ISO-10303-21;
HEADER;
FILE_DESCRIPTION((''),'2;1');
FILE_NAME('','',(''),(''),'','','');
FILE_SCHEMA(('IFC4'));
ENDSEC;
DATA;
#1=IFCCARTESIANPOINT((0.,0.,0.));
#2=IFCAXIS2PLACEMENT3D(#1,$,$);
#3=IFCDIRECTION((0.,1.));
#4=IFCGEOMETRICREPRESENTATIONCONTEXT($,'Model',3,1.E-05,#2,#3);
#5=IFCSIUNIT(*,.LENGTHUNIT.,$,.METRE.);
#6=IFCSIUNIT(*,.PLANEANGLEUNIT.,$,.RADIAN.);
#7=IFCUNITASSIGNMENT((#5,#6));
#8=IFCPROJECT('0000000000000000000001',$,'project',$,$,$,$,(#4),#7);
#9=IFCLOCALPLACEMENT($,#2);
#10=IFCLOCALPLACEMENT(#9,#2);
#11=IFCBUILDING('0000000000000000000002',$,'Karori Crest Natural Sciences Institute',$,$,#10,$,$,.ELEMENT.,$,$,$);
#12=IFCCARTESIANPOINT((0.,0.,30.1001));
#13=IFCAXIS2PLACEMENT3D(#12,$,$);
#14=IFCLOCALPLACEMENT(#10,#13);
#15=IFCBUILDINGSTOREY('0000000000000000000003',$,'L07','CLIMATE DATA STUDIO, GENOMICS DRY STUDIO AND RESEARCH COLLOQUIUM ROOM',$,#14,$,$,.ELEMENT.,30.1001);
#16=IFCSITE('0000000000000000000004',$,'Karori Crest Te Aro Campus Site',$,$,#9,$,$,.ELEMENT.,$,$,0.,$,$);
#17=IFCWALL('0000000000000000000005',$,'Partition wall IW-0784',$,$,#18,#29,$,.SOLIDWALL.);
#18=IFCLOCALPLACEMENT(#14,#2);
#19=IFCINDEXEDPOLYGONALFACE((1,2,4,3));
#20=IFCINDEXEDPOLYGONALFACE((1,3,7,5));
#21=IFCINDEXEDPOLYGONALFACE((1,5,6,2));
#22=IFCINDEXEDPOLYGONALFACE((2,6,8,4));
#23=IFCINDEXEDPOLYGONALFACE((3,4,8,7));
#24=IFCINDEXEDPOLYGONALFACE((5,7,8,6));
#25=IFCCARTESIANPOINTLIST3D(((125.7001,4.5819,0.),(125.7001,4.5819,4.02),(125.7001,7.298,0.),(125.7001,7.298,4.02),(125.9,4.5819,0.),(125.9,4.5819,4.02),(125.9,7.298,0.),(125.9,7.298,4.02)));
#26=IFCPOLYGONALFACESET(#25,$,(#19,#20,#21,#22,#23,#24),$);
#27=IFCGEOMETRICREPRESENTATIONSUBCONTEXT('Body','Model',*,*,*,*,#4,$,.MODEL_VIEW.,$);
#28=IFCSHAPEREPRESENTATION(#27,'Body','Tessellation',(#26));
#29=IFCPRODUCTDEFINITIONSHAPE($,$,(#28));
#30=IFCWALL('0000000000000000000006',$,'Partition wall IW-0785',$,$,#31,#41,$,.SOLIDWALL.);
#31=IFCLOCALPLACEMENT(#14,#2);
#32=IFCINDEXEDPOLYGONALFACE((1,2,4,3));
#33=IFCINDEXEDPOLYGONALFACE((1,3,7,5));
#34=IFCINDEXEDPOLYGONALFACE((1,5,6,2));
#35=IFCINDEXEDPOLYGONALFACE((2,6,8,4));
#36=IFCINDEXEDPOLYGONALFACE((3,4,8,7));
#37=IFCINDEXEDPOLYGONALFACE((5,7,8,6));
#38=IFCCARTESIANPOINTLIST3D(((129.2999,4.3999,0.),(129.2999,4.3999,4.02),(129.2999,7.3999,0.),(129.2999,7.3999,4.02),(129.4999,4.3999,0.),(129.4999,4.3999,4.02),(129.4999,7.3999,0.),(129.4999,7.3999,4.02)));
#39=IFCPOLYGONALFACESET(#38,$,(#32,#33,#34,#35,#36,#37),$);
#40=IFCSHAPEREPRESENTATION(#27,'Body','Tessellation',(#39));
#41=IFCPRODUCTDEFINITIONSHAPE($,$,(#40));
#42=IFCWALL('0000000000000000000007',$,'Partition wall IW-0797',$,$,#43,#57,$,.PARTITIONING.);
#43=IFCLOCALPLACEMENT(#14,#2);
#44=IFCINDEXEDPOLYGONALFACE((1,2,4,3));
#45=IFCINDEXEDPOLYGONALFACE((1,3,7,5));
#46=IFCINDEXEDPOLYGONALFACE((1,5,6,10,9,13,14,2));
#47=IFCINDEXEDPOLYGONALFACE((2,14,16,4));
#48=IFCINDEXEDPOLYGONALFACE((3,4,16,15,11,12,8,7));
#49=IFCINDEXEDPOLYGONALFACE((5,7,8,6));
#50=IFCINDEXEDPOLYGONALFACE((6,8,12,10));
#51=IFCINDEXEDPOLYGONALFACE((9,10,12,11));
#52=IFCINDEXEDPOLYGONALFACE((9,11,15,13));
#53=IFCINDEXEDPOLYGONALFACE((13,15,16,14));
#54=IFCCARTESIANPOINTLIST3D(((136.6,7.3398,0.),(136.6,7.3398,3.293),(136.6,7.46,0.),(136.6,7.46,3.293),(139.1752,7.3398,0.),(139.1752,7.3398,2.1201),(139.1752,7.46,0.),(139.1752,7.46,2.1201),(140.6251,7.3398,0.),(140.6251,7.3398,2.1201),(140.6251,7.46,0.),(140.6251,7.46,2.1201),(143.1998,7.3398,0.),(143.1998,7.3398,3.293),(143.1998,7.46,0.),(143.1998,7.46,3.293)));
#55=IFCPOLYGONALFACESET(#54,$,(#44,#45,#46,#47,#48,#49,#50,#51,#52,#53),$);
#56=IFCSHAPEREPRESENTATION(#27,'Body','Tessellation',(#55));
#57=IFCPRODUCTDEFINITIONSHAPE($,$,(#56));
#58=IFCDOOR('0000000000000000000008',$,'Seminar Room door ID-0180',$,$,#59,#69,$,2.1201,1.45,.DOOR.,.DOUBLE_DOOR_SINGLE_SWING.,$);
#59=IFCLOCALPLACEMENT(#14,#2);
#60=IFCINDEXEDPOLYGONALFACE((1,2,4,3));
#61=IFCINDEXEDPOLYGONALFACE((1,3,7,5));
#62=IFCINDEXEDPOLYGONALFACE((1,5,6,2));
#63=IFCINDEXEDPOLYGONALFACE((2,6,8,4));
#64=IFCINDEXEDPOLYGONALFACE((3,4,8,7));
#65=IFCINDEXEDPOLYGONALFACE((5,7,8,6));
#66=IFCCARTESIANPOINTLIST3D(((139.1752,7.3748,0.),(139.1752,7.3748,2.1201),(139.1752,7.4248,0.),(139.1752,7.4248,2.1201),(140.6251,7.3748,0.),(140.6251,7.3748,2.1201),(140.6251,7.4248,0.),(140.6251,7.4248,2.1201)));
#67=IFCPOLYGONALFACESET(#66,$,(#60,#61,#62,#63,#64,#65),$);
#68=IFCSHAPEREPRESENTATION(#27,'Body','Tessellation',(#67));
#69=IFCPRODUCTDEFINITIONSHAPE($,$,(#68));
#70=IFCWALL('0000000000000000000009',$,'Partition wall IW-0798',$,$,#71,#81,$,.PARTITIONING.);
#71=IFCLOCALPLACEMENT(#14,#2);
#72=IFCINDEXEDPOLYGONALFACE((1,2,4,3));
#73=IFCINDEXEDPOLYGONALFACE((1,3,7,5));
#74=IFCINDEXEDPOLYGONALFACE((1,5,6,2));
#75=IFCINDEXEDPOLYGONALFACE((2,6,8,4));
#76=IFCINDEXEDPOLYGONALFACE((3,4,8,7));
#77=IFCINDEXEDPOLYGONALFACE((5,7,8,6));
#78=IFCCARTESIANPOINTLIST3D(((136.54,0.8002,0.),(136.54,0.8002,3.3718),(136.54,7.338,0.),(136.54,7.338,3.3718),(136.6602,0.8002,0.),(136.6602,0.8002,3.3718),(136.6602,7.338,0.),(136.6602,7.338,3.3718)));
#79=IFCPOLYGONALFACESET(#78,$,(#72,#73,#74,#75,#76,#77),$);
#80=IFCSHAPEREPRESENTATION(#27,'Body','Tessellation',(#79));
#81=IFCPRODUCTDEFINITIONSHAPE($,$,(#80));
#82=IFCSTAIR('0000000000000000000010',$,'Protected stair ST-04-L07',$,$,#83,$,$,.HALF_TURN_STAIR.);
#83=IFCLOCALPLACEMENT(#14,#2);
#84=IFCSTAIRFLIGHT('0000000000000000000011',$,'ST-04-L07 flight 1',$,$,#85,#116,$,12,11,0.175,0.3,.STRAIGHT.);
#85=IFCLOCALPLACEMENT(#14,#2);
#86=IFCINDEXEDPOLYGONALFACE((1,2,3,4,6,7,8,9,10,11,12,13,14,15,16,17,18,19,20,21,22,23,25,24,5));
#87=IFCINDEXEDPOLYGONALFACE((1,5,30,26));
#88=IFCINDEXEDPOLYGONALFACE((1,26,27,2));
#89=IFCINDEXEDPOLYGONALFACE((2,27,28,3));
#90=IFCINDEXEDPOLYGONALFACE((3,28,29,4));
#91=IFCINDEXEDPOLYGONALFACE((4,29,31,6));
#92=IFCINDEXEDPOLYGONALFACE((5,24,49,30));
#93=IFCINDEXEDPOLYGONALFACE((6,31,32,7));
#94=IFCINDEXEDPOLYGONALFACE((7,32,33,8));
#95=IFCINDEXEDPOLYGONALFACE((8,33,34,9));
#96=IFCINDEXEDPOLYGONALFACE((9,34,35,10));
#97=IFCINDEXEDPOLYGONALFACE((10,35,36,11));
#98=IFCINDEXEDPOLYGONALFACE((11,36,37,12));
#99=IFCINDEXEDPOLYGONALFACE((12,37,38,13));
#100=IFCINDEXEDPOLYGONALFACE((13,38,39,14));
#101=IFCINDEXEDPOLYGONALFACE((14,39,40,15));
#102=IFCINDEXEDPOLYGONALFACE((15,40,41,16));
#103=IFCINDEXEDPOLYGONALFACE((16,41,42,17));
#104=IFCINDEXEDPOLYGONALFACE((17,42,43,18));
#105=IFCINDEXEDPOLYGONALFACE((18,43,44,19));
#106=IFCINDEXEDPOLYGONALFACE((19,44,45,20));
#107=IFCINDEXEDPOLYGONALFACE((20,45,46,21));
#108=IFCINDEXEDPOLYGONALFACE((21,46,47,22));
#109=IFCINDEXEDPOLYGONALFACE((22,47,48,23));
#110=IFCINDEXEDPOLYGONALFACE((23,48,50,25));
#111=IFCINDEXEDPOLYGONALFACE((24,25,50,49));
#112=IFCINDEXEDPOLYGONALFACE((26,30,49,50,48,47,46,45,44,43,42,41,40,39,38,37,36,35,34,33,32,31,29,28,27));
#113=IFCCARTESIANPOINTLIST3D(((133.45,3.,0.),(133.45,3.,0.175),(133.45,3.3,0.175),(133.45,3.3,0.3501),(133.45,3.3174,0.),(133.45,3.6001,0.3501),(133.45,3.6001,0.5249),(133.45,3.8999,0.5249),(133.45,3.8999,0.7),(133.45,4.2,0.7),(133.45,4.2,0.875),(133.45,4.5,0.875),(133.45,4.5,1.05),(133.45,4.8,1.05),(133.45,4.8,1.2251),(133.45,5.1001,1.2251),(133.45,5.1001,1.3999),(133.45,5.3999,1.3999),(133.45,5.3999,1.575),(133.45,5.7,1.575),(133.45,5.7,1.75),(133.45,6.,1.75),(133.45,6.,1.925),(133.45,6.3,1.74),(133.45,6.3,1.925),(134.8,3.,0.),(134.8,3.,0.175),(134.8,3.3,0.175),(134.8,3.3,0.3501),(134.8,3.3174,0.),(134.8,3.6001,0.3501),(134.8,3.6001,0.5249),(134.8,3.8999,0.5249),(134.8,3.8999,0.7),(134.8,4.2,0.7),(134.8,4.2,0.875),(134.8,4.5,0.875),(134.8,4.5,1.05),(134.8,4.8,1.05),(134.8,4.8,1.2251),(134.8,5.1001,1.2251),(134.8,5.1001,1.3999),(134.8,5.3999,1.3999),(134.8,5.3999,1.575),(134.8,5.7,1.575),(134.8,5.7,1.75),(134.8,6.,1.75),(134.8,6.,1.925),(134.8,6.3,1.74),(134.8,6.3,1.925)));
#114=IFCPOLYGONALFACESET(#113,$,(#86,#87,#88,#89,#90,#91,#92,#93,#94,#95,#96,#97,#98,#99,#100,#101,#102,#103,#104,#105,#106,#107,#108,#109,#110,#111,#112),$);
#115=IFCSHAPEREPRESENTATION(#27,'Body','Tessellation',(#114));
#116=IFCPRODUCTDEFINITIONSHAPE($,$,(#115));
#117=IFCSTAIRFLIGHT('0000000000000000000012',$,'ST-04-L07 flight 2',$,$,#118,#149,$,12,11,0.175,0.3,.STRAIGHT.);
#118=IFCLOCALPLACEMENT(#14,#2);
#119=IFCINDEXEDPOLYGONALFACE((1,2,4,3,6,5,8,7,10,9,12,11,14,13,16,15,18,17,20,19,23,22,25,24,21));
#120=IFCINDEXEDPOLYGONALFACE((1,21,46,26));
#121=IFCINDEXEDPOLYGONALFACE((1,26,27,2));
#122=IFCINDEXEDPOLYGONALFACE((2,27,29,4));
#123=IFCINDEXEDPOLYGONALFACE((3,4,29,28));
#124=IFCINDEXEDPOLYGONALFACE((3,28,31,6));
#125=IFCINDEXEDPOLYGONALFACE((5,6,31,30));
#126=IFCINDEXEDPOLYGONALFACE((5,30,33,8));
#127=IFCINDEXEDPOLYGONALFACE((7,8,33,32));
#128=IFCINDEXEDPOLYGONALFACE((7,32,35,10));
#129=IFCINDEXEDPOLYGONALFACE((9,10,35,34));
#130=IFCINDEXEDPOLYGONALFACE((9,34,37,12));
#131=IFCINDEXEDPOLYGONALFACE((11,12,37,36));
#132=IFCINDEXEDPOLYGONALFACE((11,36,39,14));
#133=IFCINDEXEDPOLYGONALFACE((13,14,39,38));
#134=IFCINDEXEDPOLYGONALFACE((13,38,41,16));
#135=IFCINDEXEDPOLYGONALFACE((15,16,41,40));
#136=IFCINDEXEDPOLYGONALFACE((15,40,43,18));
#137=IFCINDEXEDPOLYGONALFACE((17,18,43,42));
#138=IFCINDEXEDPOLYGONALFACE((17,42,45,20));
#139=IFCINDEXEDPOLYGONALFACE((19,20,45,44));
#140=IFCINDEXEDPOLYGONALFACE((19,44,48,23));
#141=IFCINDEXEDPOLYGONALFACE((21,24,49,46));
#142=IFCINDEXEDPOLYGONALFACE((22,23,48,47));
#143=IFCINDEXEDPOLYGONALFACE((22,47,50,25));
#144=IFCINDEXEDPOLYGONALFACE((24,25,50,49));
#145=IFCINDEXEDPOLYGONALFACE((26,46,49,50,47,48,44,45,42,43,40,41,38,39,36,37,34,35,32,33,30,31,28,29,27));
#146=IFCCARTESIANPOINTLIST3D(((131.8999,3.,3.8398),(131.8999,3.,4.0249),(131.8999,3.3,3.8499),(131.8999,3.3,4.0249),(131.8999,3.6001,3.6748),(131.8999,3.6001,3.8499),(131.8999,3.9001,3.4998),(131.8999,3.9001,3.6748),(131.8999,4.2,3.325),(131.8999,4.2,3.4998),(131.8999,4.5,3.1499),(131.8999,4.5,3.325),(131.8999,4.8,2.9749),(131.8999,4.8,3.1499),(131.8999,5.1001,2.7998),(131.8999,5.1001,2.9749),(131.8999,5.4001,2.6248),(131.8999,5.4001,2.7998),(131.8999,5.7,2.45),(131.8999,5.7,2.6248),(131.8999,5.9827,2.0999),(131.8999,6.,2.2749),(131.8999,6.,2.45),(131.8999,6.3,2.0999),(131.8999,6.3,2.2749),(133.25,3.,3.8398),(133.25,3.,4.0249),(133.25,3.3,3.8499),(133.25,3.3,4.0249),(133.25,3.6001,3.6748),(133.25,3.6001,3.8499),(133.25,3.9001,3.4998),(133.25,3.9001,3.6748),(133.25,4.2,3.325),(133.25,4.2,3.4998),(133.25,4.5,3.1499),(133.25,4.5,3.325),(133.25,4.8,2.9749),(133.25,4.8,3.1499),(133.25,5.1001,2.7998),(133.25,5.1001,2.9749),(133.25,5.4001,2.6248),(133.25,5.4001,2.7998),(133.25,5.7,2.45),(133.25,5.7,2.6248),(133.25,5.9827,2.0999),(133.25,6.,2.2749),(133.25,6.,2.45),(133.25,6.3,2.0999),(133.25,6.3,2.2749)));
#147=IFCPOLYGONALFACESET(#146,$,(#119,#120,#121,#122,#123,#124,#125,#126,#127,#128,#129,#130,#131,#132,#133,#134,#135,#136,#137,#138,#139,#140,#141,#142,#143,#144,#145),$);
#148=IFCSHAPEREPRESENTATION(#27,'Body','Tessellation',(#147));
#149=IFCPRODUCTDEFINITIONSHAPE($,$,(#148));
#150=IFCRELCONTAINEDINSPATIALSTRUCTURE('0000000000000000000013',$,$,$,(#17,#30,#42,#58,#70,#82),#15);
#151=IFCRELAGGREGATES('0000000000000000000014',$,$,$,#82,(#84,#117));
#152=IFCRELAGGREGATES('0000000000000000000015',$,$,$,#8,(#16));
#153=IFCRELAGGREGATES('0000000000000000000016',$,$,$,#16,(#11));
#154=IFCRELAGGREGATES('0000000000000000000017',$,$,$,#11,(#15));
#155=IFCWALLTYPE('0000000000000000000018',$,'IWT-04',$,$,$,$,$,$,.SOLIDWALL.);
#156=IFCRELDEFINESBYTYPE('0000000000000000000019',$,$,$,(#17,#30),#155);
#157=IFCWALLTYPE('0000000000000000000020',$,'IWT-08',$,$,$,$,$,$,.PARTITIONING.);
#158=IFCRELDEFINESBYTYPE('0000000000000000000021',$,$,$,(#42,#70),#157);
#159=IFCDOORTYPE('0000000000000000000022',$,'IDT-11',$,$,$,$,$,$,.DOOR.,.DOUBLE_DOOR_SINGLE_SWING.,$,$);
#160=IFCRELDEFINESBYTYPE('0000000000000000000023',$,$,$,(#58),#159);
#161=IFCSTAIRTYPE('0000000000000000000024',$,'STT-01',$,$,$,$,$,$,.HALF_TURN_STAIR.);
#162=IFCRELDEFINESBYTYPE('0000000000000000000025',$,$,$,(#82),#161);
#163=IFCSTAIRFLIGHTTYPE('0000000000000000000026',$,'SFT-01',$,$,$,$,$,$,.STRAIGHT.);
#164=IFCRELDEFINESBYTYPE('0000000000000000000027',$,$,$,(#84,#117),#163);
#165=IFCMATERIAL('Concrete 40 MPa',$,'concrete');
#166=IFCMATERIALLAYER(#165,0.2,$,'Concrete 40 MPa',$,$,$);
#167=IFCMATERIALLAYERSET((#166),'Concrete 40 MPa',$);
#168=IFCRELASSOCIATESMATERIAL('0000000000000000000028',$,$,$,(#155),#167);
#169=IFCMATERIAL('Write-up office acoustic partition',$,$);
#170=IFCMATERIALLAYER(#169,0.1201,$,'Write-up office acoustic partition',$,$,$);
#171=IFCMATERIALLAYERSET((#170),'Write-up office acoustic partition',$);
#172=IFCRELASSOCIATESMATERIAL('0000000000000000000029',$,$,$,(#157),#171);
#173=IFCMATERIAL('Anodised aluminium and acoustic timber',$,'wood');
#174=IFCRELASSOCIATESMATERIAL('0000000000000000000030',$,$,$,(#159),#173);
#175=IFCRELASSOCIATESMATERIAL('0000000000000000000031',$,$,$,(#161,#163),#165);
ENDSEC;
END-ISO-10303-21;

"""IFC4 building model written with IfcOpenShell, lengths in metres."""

from ifc_helpers import new_model, si_unit, direction, frame, frame_2d, origin, place, context, subcontext, project, spatial, polyline, rectangle, outline, extrude, material, layer, layer_set, type_object, element, fill, aggregate, save


model = new_model("IFC4")

# Units and contexts
model_context = context("Model", 3, precision=1e-05, world=origin(), true_north=direction((0.0, 1.0)))
body_context = subcontext(model_context, "Body", "Model", "MODEL_VIEW")
ifc_project = project(units=[si_unit("LENGTHUNIT", "METRE"), si_unit("PLANEANGLEUNIT", "RADIAN")], contexts=[model_context])

# Site, building, storey
site_placement = place(None, origin())
site = spatial("IfcSite", under=ifc_project, at=site_placement, Name="Karori Crest Te Aro Campus Site", CompositionType="ELEMENT", RefElevation=0.0)
building_placement = place(site_placement, origin())
building = spatial("IfcBuilding", under=site, at=building_placement, Name="Karori Crest Natural Sciences Institute", CompositionType="ELEMENT")
storey_placement = place(building_placement, frame((0.0, 0.0, 30.1001)))
storey = spatial("IfcBuildingStorey", under=building, at=storey_placement, Name="L07", Description="CLIMATE DATA STUDIO, GENOMICS DRY STUDIO AND RESEARCH COLLOQUIUM ROOM", CompositionType="ELEMENT", Elevation=30.1001)

# Shared definitions
ifc_material_1 = material(Name="Concrete 40 MPa", Category="concrete")
ifc_layer_1 = layer(ifc_material_1, 0.2, Name="Concrete 40 MPa")
ifc_layer_set_1 = layer_set([ifc_layer_1], Name="Concrete 40 MPa")
wall_type_1 = type_object("IfcWallType", Name="IWT-04", PredefinedType="SOLIDWALL", material=ifc_layer_set_1)

# Walls
wall_1_placement = place(storey_placement, frame((125.8, 4.582, 0.0), z_axis=(0.0, 0.0, 1.0), x_axis=(0.0, 1.0, 0.0)))
element("IfcWall", 1, at=wall_1_placement, inside=storey, type_object=wall_type_1, Name="Partition wall IW-0784", PredefinedType="SOLIDWALL", context=body_context, shape_type="SweptSolid", body=[
    extrude(rectangle(XDim=2.7161, YDim=0.2, at=frame_2d((1.3579, 0.0))), origin(), (0.0, 0.0, 1.0), 4.02),
])
wall_2_placement = place(storey_placement, frame((129.3999, 4.3999, 0.0), z_axis=(0.0, 0.0, 1.0), x_axis=(0.0, 1.0, 0.0)))
element("IfcWall", 2, at=wall_2_placement, inside=storey, type_object=wall_type_1, Name="Partition wall IW-0785", PredefinedType="SOLIDWALL", context=body_context, shape_type="SweptSolid", body=[
    extrude(rectangle(XDim=3.0, YDim=0.2, at=frame_2d((1.5, 0.0))), origin(), (0.0, 0.0, 1.0), 4.02),
])

# Wall, opening, door
ifc_material_2 = material(Name="Write-up office acoustic partition")
ifc_layer_2 = layer(ifc_material_2, 0.1201, Name="Write-up office acoustic partition")
ifc_layer_set_2 = layer_set([ifc_layer_2], Name="Write-up office acoustic partition")
wall_type_2 = type_object("IfcWallType", Name="IWT-08", PredefinedType="PARTITIONING", material=ifc_layer_set_2)
wall_3_placement = place(storey_placement, frame((136.6001, 7.3999, 0.0), z_axis=(0.0, 0.0, 1.0), x_axis=(1.0, 0.0, 0.0)))
wall_3 = element("IfcWall", 3, at=wall_3_placement, inside=storey, type_object=wall_type_2, Name="Partition wall IW-0797", PredefinedType="PARTITIONING", context=body_context, shape_type="SweptSolid", body=[
    extrude(rectangle(XDim=6.5999, YDim=0.1201, at=frame_2d((3.2998, 0.0))), origin(), (0.0, 0.0, 1.0), 3.293),
])
opening_1_placement = place(wall_3_placement, frame((2.575, 0.0, 0.0)))
opening_1 = element("IfcOpeningElement", 4, at=opening_1_placement, cuts=wall_3, PredefinedType="OPENING", context=body_context, shape_type="SweptSolid", body=[
    extrude(rectangle(XDim=1.45, YDim=2.1201, at=frame_2d((0.7251, 1.0601))), frame((0.0, 0.0701, 0.0), z_axis=(0.0, -1.0, 0.0), x_axis=(1.0, 0.0, 0.0)), (0.0, 0.0, 1.0), 0.1401),
])
ifc_material_3 = material(Name="Anodised aluminium and acoustic timber", Category="wood")
door_type_1 = type_object("IfcDoorType", Name="IDT-11", OperationType="DOUBLE_DOOR_SINGLE_SWING", PredefinedType="DOOR", material=ifc_material_3)
door_1_placement = place(opening_1_placement, origin())
door_1 = element("IfcDoor", 5, at=door_1_placement, inside=storey, type_object=door_type_1, Name="Seminar Room door ID-0180", OperationType="DOUBLE_DOOR_SINGLE_SWING", OverallHeight=2.1201, OverallWidth=1.45, PredefinedType="DOOR", context=body_context, shape_type="SweptSolid", body=[
    extrude(rectangle(XDim=1.45, YDim=2.1201, at=frame_2d((0.7251, 1.0601))), frame((0.0, 0.0249, 0.0), z_axis=(0.0, -1.0, 0.0), x_axis=(1.0, 0.0, 0.0)), (0.0, 0.0, 1.0), 0.05),
])
fill(opening_1, door_1)

# Wall
wall_4_placement = place(storey_placement, frame((136.6001, 0.8, 0.0), z_axis=(0.0, 0.0, 1.0), x_axis=(0.0, 1.0, 0.0)))
element("IfcWall", 6, at=wall_4_placement, inside=storey, type_object=wall_type_2, Name="Partition wall IW-0798", PredefinedType="PARTITIONING", context=body_context, shape_type="SweptSolid", body=[
    extrude(rectangle(XDim=6.5378, YDim=0.1201, at=frame_2d((3.269, 0.0))), origin(), (0.0, 0.0, 1.0), 3.3718),
])

# Stair, stair flights
stair_type = type_object("IfcStairType", Name="STT-01", PredefinedType="HALF_TURN_STAIR", material=ifc_material_1)
stair_placement = place(storey_placement, origin())
stair = element("IfcStair", 7, at=stair_placement, inside=storey, type_object=stair_type, Name="Protected stair ST-04-L07", PredefinedType="HALF_TURN_STAIR")
stair_flight_type = type_object("IfcStairFlightType", Name="SFT-01", PredefinedType="STRAIGHT", material=ifc_material_1)
stair_flight_1_placement = place(storey_placement, frame((134.125, 3.0, 0.0), z_axis=(0.0, 0.0, 1.0), x_axis=(0.0, 1.0, 0.0)))
stair_flight_1 = element("IfcStairFlight", 8, at=stair_flight_1_placement, type_object=stair_flight_type, Name="ST-04-L07 flight 1", NumberOfRisers=12, NumberOfTreads=11, PredefinedType="STRAIGHT", RiserHeight=0.175, TreadLength=0.3, context=body_context, shape_type="SweptSolid", body=[
    extrude(outline(polyline([(0.0, 0.0), (0.0, 0.175), (0.3, 0.175), (0.3, 0.3501), (0.6001, 0.3501), (0.6001, 0.5249), (0.8999, 0.5249), (0.8999, 0.7), (1.2, 0.7), (1.2, 0.875), (1.5, 0.875), (1.5, 1.05), (1.8, 1.05), (1.8, 1.2251), (2.1001, 1.2251), (2.1001, 1.3999), (2.3999, 1.3999), (2.3999, 1.575), (2.7, 1.575), (2.7, 1.75), (3.0, 1.75), (3.0, 1.925), (3.3, 1.925), (3.3, 2.1001), (3.3, 1.74), (0.3174, 0.0), (0.0, 0.0)])), frame((0.0, 0.675, 0.0), z_axis=(0.0, -1.0, 0.0), x_axis=(1.0, 0.0, 0.0)), (0.0, 0.0, 1.0), 1.3501),
])
stair_flight_2_placement = place(storey_placement, frame((132.575, 6.3, 2.0999), z_axis=(0.0, 0.0, 1.0), x_axis=(0.0, -1.0, 0.0)))
stair_flight_2 = element("IfcStairFlight", 9, at=stair_flight_2_placement, type_object=stair_flight_type, Name="ST-04-L07 flight 2", NumberOfRisers=12, NumberOfTreads=11, PredefinedType="STRAIGHT", RiserHeight=0.175, TreadLength=0.3, context=body_context, shape_type="SweptSolid", body=[
    extrude(outline(polyline([(0.0, 0.0), (0.0, 0.175), (0.3, 0.175), (0.3, 0.3501), (0.6001, 0.3501), (0.6001, 0.5249), (0.8999, 0.5249), (0.8999, 0.7), (1.2, 0.7), (1.2, 0.875), (1.5, 0.875), (1.5, 1.05), (1.8, 1.05), (1.8, 1.2251), (2.1001, 1.2251), (2.1001, 1.3999), (2.3999, 1.3999), (2.3999, 1.575), (2.7, 1.575), (2.7, 1.75), (3.0, 1.75), (3.0, 1.925), (3.3, 1.925), (3.3, 2.1001), (3.3, 1.74), (0.3174, 0.0), (0.0, 0.0)])), frame((0.0, 0.675, 0.0), z_axis=(0.0, -1.0, 0.0), x_axis=(1.0, 0.0, 0.0)), (0.0, 0.0, 1.0), 1.3501),
])
aggregate(stair, [stair_flight_1, stair_flight_2])

save(model, "model.ifc")
